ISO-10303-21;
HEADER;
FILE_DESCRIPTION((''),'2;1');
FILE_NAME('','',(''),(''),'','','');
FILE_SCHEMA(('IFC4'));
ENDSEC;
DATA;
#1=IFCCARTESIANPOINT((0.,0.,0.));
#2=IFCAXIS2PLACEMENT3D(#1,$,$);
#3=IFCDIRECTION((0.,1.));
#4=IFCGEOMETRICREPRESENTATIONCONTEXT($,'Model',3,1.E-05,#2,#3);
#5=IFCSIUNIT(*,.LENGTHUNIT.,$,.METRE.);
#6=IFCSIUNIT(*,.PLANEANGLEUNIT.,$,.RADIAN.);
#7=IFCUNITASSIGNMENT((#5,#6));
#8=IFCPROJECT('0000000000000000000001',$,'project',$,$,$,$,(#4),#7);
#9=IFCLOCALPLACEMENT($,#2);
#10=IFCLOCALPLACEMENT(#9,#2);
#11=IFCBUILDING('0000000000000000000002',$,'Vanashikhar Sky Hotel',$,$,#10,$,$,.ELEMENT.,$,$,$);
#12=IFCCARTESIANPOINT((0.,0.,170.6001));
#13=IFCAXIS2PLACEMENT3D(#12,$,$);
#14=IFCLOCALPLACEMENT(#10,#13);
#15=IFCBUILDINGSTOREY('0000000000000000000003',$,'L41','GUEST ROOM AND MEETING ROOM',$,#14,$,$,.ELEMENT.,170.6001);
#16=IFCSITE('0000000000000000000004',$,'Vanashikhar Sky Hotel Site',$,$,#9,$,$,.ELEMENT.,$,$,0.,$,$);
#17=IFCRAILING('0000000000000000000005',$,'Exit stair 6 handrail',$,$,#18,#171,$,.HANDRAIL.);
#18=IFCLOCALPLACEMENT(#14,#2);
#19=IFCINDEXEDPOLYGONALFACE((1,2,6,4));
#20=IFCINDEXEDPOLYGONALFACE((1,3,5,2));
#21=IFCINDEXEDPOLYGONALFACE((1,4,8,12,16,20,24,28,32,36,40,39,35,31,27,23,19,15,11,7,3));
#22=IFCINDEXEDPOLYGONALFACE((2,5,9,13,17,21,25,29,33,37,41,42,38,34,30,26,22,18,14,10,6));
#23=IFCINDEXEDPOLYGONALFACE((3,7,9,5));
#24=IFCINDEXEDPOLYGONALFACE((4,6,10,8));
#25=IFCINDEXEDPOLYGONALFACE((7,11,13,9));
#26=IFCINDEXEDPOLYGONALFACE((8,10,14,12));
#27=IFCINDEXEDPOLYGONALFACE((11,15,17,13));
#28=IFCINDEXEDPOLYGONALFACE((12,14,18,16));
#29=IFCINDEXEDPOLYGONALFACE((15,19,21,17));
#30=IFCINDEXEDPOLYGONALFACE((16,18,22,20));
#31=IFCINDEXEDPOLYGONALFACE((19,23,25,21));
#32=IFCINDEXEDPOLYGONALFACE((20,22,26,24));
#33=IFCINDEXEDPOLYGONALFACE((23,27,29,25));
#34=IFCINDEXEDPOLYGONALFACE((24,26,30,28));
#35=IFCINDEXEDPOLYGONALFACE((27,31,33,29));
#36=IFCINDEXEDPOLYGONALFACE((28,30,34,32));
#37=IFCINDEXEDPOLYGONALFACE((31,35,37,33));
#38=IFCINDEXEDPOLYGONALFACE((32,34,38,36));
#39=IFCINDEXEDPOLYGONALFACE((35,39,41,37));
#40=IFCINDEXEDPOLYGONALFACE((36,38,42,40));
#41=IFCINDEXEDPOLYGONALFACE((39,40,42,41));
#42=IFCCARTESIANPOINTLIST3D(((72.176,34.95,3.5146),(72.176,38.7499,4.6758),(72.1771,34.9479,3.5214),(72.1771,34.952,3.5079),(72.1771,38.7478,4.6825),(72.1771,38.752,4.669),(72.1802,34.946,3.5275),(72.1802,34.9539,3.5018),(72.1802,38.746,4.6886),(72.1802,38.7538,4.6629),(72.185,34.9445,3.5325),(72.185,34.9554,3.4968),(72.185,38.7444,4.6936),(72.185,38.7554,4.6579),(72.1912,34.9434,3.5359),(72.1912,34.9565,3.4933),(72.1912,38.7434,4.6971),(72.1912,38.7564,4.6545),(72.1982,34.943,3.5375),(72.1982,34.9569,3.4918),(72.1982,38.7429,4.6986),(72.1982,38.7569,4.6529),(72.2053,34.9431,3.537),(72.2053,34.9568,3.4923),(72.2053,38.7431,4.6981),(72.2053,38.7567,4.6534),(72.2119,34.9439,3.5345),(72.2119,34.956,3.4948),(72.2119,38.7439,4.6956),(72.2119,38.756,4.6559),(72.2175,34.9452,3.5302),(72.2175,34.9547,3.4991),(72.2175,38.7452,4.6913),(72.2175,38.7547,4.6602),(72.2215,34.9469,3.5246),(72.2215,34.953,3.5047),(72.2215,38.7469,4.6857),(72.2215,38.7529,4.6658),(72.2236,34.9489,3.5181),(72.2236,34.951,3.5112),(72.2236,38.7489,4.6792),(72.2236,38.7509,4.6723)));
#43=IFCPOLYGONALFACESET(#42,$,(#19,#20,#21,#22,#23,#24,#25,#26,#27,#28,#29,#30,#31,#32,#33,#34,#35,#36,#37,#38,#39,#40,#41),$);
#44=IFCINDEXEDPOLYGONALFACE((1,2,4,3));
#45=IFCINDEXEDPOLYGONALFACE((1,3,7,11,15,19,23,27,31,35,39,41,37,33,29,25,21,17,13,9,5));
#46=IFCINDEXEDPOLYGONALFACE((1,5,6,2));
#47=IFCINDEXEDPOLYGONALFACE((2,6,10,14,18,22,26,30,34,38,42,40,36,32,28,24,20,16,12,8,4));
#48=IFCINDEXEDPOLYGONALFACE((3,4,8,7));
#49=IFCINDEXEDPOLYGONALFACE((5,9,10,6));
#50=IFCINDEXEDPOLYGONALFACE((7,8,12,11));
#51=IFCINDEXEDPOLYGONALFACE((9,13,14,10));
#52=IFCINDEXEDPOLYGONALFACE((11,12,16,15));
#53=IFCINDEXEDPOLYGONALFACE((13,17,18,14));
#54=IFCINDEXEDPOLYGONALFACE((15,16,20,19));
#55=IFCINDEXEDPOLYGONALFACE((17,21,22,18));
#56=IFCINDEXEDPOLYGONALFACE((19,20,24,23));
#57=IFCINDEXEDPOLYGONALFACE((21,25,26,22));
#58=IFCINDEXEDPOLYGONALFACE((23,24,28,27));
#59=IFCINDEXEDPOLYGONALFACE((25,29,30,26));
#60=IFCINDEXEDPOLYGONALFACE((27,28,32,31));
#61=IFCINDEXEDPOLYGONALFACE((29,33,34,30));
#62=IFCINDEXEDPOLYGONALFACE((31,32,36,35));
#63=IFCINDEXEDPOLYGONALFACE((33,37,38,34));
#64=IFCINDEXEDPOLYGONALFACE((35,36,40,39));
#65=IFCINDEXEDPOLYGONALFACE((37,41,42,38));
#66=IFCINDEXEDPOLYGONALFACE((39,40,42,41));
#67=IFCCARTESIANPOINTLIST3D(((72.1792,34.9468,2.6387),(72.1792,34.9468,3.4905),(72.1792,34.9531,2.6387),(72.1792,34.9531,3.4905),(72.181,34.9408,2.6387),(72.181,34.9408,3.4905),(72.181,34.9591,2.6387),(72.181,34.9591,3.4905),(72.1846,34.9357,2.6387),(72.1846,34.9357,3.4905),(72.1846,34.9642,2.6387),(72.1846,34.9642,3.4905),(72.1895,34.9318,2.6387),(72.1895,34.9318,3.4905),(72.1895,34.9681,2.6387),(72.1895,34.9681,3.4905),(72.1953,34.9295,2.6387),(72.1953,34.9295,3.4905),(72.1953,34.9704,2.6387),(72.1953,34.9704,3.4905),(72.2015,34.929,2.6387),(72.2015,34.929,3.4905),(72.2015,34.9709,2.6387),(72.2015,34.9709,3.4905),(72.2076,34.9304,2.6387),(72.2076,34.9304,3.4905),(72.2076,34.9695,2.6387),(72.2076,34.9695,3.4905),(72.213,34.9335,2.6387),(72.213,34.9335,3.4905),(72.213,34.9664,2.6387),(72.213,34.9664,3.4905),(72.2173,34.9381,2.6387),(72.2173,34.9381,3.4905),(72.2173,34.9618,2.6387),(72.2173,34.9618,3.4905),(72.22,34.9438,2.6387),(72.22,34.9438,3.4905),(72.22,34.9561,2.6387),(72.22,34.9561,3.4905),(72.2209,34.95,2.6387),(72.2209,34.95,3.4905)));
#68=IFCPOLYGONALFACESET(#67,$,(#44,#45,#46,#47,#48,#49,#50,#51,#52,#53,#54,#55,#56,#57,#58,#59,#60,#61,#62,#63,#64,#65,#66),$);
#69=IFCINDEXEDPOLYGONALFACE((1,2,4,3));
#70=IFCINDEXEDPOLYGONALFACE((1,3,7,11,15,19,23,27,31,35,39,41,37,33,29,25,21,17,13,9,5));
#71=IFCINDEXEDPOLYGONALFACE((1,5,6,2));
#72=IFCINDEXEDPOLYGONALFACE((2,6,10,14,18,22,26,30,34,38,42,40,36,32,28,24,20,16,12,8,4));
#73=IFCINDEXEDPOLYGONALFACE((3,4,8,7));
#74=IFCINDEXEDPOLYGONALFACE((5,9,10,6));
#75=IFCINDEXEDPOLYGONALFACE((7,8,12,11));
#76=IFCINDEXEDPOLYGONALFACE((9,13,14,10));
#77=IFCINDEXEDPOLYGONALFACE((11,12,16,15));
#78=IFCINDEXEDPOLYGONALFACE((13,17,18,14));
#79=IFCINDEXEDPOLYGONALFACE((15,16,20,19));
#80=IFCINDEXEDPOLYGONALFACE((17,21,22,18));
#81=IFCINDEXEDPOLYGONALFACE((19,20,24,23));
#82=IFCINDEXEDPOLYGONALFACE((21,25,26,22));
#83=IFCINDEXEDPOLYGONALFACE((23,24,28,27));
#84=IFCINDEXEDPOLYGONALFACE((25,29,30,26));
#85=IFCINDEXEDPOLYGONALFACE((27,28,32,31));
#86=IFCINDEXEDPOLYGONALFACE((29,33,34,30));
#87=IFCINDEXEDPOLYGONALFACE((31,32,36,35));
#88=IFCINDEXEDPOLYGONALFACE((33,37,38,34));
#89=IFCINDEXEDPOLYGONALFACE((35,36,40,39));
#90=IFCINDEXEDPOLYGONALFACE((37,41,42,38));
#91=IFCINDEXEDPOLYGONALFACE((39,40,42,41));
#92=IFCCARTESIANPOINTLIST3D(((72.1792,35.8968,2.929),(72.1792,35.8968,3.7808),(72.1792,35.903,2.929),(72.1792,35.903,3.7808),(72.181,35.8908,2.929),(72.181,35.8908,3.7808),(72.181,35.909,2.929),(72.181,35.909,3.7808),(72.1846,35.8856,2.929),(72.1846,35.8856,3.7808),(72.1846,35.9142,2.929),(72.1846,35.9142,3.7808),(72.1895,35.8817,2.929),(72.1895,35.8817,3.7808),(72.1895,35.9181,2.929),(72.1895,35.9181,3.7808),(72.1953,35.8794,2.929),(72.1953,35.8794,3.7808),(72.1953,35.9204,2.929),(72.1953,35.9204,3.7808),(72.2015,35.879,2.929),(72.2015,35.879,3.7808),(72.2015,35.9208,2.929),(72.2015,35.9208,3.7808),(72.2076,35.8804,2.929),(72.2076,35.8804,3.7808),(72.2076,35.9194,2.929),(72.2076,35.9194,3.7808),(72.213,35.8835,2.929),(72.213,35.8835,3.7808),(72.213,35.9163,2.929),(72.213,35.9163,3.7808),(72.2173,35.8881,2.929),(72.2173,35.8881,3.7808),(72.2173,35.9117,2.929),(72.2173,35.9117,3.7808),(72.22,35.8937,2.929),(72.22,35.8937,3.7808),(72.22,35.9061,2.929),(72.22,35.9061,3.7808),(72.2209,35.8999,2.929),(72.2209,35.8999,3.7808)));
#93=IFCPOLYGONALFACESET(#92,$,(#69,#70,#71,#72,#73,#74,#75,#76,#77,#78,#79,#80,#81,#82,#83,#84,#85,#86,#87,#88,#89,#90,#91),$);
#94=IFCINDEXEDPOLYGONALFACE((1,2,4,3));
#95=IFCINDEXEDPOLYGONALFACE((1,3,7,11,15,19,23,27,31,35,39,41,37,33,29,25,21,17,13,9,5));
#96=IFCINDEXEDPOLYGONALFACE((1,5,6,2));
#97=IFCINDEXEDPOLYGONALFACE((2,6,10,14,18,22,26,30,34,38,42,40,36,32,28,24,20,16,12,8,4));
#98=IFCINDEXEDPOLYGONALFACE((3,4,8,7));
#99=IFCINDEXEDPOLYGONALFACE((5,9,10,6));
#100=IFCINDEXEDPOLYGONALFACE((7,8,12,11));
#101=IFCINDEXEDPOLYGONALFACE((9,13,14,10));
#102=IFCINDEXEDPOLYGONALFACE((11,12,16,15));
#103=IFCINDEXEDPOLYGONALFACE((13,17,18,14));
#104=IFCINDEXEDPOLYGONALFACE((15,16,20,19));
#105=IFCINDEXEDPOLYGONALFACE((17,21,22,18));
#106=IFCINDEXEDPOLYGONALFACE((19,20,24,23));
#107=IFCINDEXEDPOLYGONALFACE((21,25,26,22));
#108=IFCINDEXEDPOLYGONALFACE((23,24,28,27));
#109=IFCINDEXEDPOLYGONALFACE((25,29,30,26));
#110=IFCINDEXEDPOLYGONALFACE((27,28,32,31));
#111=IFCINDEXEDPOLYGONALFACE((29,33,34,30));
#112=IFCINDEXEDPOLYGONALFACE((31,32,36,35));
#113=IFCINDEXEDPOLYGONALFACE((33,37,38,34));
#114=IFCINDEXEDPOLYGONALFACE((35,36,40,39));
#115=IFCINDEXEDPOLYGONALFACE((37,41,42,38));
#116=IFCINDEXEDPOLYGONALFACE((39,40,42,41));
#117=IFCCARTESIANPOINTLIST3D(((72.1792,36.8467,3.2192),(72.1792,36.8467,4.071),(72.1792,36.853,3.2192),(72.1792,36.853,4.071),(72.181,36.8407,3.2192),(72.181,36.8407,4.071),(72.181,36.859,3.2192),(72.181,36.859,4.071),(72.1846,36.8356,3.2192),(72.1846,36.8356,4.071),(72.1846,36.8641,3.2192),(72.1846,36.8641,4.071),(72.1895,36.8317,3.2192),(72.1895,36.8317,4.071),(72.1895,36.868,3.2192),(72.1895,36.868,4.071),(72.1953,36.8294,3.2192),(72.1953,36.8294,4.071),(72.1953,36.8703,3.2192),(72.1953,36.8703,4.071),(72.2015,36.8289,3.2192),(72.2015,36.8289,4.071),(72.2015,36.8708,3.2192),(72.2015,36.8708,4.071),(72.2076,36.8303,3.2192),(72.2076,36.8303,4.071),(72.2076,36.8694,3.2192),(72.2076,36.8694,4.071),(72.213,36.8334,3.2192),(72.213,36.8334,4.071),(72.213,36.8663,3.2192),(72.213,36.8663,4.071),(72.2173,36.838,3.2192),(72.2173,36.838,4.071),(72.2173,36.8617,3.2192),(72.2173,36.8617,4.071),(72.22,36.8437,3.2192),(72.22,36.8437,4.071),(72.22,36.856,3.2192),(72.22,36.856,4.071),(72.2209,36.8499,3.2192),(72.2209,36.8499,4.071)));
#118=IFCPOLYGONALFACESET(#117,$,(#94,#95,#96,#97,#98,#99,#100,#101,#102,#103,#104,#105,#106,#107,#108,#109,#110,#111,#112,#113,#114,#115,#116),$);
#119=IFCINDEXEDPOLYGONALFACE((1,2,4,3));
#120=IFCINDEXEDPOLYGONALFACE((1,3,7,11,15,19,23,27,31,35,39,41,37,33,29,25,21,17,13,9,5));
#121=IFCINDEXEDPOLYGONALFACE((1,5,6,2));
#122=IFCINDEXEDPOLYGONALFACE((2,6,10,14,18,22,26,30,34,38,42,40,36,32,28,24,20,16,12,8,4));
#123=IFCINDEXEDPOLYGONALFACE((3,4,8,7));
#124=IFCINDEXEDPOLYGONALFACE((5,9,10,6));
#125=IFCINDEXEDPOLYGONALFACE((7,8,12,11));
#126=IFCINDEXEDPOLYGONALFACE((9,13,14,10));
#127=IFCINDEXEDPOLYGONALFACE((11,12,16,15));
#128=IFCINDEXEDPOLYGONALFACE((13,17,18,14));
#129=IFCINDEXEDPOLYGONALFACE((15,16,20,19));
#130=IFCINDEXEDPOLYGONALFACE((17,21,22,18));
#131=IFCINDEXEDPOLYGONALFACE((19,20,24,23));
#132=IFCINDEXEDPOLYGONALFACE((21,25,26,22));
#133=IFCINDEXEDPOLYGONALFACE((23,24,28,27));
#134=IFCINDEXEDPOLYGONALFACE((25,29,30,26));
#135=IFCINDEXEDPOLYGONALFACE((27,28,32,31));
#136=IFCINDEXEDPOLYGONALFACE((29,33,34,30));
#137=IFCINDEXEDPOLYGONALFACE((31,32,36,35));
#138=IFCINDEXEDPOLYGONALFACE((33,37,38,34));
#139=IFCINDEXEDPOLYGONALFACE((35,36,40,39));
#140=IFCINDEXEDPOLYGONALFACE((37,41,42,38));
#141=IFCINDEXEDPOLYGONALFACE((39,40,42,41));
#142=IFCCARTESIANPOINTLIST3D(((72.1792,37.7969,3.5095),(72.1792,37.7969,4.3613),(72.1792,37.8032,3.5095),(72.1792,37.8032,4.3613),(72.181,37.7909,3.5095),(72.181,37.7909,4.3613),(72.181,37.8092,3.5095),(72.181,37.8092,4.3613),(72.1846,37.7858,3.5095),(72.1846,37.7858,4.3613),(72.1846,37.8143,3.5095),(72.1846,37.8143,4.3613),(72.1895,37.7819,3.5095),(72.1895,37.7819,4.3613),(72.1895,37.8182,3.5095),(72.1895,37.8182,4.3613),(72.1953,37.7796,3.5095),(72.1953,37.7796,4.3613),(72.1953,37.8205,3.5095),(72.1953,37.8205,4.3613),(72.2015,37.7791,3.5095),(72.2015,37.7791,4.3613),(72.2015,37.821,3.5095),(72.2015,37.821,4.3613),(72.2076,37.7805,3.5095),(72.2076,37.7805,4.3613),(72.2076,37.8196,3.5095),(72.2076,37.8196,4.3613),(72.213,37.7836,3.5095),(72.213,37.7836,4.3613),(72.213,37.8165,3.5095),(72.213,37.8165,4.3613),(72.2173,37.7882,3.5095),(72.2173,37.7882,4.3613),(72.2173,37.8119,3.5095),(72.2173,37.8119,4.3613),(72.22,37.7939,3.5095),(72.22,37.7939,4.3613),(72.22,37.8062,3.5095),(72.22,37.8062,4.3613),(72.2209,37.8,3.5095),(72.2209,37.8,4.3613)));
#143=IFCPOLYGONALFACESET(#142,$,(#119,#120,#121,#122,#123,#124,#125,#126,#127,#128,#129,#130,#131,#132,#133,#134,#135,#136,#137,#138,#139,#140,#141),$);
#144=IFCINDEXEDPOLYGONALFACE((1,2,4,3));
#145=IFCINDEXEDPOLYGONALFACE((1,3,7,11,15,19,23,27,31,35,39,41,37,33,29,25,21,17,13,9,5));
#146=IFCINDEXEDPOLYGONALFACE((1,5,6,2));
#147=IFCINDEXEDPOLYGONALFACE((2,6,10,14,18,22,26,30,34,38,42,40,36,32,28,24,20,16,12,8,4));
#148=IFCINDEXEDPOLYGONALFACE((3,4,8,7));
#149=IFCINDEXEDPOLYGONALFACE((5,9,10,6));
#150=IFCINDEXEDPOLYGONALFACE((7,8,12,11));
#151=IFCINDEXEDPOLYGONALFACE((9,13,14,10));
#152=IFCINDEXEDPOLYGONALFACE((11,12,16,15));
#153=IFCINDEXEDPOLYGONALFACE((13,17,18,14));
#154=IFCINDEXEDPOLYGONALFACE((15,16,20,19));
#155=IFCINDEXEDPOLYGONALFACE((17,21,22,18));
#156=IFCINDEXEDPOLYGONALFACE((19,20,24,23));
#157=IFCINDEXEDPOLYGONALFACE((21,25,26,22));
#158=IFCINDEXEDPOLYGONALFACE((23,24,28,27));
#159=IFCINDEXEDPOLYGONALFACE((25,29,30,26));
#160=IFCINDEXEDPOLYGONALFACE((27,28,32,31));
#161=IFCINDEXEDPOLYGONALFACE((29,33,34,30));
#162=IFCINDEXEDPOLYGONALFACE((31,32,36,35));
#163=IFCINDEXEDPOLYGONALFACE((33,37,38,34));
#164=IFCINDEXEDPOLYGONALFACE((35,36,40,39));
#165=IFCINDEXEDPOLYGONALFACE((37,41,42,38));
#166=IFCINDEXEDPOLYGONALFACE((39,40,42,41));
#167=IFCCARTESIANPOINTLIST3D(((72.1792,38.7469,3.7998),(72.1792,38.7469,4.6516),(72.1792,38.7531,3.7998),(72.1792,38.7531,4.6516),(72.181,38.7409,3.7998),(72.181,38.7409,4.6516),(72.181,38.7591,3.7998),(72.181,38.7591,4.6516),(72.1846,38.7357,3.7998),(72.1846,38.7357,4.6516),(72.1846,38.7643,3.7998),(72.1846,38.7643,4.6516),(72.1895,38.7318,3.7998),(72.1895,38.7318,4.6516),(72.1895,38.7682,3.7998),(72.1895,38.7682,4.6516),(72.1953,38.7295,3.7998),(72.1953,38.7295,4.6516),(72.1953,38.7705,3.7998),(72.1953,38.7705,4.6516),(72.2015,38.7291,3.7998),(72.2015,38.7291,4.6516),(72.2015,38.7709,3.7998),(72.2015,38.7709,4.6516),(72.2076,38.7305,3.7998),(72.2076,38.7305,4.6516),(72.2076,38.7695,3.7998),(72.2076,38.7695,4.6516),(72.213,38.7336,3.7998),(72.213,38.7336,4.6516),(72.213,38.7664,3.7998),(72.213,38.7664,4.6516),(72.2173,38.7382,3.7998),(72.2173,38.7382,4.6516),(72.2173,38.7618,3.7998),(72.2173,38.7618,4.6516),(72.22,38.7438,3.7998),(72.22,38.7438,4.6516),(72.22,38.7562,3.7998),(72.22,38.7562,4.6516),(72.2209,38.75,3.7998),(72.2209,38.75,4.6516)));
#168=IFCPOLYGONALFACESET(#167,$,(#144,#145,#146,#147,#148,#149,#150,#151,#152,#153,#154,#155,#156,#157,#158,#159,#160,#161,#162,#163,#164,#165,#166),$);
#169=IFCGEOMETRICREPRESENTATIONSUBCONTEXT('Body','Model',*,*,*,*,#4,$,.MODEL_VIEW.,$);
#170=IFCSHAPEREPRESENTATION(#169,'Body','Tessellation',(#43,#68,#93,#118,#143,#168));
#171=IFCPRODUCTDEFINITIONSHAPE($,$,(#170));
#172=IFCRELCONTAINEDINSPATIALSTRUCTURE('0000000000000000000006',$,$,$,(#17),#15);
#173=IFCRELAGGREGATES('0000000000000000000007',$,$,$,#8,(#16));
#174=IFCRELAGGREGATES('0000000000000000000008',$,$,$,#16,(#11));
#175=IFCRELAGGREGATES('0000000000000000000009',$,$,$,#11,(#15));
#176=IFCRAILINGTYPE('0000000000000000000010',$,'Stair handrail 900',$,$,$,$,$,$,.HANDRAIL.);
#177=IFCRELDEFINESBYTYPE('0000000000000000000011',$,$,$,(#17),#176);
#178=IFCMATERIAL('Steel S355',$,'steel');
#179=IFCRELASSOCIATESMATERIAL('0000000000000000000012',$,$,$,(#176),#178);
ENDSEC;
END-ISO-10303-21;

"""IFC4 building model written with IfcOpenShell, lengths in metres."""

from ifc_helpers import new_model, si_unit, direction, frame, origin, origin_2d, place, context, subcontext, project, spatial, circle, extrude, source, transform, mapped, material, type_object, element, save


model = new_model("IFC4")

# Units and contexts
model_context = context("Model", 3, precision=1e-05, world=origin(), true_north=direction((0.0, 1.0)))
body_context = subcontext(model_context, "Body", "Model", "MODEL_VIEW")
ifc_project = project(units=[si_unit("LENGTHUNIT", "METRE"), si_unit("PLANEANGLEUNIT", "RADIAN")], contexts=[model_context])

# Site, building, storey
site_placement = place(None, origin())
site = spatial("IfcSite", under=ifc_project, at=site_placement, Name="Vanashikhar Sky Hotel Site", CompositionType="ELEMENT", RefElevation=0.0)
building_placement = place(site_placement, origin())
building = spatial("IfcBuilding", under=site, at=building_placement, Name="Vanashikhar Sky Hotel", CompositionType="ELEMENT")
storey_placement = place(building_placement, frame((0.0, 0.0, 170.6001)))
storey = spatial("IfcBuildingStorey", under=building, at=storey_placement, Name="L41", Description="GUEST ROOM AND MEETING ROOM", CompositionType="ELEMENT", Elevation=170.6001)

# Railing
ifc_material_1 = material(Name="Steel S355", Category="steel")
railing_type_1 = type_object("IfcRailingType", Name="Stair handrail 900", PredefinedType="HANDRAIL", material=ifc_material_1)
shared_shape_1 = source(origin(), body_context, "Body", "SweptSolid", [
    extrude(circle(Radius=0.0239, at=origin_2d()), frame((0.0, 0.0, 0.876), z_axis=(0.0, 0.956351, 0.29222), x_axis=(-1.0, 0.0, 0.0)), (0.0, 0.0, 1.0), 3.9734),
    extrude(circle(Radius=0.021, at=origin_2d()), origin(), (0.0, 0.0, 1.0), 0.8518),
    extrude(circle(Radius=0.021, at=origin_2d()), frame((0.0, 0.95, 0.2903)), (0.0, 0.0, 1.0), 0.8518),
    extrude(circle(Radius=0.021, at=origin_2d()), frame((0.0, 1.8999, 0.5806)), (0.0, 0.0, 1.0), 0.8518),
    extrude(circle(Radius=0.021, at=origin_2d()), frame((0.0, 2.8501, 0.8708)), (0.0, 0.0, 1.0), 0.8518),
    extrude(circle(Radius=0.021, at=origin_2d()), frame((0.0, 3.8, 1.1611)), (0.0, 0.0, 1.0), 0.8518),
])
for number, where, name in (
    (1, (72.2, 34.95, 2.6387), "Exit stair 6 handrail"),
):
    element("IfcRailing", number, at=place(storey_placement, frame(where)), inside=storey, type_object=railing_type_1, Name=name, PredefinedType="HANDRAIL", context=body_context, shape_type="MappedRepresentation", body=[
        mapped(shared_shape_1, transform((0.0, 0.0, 0.0), scale=1.0)),
    ])

save(model, "model.ifc")
